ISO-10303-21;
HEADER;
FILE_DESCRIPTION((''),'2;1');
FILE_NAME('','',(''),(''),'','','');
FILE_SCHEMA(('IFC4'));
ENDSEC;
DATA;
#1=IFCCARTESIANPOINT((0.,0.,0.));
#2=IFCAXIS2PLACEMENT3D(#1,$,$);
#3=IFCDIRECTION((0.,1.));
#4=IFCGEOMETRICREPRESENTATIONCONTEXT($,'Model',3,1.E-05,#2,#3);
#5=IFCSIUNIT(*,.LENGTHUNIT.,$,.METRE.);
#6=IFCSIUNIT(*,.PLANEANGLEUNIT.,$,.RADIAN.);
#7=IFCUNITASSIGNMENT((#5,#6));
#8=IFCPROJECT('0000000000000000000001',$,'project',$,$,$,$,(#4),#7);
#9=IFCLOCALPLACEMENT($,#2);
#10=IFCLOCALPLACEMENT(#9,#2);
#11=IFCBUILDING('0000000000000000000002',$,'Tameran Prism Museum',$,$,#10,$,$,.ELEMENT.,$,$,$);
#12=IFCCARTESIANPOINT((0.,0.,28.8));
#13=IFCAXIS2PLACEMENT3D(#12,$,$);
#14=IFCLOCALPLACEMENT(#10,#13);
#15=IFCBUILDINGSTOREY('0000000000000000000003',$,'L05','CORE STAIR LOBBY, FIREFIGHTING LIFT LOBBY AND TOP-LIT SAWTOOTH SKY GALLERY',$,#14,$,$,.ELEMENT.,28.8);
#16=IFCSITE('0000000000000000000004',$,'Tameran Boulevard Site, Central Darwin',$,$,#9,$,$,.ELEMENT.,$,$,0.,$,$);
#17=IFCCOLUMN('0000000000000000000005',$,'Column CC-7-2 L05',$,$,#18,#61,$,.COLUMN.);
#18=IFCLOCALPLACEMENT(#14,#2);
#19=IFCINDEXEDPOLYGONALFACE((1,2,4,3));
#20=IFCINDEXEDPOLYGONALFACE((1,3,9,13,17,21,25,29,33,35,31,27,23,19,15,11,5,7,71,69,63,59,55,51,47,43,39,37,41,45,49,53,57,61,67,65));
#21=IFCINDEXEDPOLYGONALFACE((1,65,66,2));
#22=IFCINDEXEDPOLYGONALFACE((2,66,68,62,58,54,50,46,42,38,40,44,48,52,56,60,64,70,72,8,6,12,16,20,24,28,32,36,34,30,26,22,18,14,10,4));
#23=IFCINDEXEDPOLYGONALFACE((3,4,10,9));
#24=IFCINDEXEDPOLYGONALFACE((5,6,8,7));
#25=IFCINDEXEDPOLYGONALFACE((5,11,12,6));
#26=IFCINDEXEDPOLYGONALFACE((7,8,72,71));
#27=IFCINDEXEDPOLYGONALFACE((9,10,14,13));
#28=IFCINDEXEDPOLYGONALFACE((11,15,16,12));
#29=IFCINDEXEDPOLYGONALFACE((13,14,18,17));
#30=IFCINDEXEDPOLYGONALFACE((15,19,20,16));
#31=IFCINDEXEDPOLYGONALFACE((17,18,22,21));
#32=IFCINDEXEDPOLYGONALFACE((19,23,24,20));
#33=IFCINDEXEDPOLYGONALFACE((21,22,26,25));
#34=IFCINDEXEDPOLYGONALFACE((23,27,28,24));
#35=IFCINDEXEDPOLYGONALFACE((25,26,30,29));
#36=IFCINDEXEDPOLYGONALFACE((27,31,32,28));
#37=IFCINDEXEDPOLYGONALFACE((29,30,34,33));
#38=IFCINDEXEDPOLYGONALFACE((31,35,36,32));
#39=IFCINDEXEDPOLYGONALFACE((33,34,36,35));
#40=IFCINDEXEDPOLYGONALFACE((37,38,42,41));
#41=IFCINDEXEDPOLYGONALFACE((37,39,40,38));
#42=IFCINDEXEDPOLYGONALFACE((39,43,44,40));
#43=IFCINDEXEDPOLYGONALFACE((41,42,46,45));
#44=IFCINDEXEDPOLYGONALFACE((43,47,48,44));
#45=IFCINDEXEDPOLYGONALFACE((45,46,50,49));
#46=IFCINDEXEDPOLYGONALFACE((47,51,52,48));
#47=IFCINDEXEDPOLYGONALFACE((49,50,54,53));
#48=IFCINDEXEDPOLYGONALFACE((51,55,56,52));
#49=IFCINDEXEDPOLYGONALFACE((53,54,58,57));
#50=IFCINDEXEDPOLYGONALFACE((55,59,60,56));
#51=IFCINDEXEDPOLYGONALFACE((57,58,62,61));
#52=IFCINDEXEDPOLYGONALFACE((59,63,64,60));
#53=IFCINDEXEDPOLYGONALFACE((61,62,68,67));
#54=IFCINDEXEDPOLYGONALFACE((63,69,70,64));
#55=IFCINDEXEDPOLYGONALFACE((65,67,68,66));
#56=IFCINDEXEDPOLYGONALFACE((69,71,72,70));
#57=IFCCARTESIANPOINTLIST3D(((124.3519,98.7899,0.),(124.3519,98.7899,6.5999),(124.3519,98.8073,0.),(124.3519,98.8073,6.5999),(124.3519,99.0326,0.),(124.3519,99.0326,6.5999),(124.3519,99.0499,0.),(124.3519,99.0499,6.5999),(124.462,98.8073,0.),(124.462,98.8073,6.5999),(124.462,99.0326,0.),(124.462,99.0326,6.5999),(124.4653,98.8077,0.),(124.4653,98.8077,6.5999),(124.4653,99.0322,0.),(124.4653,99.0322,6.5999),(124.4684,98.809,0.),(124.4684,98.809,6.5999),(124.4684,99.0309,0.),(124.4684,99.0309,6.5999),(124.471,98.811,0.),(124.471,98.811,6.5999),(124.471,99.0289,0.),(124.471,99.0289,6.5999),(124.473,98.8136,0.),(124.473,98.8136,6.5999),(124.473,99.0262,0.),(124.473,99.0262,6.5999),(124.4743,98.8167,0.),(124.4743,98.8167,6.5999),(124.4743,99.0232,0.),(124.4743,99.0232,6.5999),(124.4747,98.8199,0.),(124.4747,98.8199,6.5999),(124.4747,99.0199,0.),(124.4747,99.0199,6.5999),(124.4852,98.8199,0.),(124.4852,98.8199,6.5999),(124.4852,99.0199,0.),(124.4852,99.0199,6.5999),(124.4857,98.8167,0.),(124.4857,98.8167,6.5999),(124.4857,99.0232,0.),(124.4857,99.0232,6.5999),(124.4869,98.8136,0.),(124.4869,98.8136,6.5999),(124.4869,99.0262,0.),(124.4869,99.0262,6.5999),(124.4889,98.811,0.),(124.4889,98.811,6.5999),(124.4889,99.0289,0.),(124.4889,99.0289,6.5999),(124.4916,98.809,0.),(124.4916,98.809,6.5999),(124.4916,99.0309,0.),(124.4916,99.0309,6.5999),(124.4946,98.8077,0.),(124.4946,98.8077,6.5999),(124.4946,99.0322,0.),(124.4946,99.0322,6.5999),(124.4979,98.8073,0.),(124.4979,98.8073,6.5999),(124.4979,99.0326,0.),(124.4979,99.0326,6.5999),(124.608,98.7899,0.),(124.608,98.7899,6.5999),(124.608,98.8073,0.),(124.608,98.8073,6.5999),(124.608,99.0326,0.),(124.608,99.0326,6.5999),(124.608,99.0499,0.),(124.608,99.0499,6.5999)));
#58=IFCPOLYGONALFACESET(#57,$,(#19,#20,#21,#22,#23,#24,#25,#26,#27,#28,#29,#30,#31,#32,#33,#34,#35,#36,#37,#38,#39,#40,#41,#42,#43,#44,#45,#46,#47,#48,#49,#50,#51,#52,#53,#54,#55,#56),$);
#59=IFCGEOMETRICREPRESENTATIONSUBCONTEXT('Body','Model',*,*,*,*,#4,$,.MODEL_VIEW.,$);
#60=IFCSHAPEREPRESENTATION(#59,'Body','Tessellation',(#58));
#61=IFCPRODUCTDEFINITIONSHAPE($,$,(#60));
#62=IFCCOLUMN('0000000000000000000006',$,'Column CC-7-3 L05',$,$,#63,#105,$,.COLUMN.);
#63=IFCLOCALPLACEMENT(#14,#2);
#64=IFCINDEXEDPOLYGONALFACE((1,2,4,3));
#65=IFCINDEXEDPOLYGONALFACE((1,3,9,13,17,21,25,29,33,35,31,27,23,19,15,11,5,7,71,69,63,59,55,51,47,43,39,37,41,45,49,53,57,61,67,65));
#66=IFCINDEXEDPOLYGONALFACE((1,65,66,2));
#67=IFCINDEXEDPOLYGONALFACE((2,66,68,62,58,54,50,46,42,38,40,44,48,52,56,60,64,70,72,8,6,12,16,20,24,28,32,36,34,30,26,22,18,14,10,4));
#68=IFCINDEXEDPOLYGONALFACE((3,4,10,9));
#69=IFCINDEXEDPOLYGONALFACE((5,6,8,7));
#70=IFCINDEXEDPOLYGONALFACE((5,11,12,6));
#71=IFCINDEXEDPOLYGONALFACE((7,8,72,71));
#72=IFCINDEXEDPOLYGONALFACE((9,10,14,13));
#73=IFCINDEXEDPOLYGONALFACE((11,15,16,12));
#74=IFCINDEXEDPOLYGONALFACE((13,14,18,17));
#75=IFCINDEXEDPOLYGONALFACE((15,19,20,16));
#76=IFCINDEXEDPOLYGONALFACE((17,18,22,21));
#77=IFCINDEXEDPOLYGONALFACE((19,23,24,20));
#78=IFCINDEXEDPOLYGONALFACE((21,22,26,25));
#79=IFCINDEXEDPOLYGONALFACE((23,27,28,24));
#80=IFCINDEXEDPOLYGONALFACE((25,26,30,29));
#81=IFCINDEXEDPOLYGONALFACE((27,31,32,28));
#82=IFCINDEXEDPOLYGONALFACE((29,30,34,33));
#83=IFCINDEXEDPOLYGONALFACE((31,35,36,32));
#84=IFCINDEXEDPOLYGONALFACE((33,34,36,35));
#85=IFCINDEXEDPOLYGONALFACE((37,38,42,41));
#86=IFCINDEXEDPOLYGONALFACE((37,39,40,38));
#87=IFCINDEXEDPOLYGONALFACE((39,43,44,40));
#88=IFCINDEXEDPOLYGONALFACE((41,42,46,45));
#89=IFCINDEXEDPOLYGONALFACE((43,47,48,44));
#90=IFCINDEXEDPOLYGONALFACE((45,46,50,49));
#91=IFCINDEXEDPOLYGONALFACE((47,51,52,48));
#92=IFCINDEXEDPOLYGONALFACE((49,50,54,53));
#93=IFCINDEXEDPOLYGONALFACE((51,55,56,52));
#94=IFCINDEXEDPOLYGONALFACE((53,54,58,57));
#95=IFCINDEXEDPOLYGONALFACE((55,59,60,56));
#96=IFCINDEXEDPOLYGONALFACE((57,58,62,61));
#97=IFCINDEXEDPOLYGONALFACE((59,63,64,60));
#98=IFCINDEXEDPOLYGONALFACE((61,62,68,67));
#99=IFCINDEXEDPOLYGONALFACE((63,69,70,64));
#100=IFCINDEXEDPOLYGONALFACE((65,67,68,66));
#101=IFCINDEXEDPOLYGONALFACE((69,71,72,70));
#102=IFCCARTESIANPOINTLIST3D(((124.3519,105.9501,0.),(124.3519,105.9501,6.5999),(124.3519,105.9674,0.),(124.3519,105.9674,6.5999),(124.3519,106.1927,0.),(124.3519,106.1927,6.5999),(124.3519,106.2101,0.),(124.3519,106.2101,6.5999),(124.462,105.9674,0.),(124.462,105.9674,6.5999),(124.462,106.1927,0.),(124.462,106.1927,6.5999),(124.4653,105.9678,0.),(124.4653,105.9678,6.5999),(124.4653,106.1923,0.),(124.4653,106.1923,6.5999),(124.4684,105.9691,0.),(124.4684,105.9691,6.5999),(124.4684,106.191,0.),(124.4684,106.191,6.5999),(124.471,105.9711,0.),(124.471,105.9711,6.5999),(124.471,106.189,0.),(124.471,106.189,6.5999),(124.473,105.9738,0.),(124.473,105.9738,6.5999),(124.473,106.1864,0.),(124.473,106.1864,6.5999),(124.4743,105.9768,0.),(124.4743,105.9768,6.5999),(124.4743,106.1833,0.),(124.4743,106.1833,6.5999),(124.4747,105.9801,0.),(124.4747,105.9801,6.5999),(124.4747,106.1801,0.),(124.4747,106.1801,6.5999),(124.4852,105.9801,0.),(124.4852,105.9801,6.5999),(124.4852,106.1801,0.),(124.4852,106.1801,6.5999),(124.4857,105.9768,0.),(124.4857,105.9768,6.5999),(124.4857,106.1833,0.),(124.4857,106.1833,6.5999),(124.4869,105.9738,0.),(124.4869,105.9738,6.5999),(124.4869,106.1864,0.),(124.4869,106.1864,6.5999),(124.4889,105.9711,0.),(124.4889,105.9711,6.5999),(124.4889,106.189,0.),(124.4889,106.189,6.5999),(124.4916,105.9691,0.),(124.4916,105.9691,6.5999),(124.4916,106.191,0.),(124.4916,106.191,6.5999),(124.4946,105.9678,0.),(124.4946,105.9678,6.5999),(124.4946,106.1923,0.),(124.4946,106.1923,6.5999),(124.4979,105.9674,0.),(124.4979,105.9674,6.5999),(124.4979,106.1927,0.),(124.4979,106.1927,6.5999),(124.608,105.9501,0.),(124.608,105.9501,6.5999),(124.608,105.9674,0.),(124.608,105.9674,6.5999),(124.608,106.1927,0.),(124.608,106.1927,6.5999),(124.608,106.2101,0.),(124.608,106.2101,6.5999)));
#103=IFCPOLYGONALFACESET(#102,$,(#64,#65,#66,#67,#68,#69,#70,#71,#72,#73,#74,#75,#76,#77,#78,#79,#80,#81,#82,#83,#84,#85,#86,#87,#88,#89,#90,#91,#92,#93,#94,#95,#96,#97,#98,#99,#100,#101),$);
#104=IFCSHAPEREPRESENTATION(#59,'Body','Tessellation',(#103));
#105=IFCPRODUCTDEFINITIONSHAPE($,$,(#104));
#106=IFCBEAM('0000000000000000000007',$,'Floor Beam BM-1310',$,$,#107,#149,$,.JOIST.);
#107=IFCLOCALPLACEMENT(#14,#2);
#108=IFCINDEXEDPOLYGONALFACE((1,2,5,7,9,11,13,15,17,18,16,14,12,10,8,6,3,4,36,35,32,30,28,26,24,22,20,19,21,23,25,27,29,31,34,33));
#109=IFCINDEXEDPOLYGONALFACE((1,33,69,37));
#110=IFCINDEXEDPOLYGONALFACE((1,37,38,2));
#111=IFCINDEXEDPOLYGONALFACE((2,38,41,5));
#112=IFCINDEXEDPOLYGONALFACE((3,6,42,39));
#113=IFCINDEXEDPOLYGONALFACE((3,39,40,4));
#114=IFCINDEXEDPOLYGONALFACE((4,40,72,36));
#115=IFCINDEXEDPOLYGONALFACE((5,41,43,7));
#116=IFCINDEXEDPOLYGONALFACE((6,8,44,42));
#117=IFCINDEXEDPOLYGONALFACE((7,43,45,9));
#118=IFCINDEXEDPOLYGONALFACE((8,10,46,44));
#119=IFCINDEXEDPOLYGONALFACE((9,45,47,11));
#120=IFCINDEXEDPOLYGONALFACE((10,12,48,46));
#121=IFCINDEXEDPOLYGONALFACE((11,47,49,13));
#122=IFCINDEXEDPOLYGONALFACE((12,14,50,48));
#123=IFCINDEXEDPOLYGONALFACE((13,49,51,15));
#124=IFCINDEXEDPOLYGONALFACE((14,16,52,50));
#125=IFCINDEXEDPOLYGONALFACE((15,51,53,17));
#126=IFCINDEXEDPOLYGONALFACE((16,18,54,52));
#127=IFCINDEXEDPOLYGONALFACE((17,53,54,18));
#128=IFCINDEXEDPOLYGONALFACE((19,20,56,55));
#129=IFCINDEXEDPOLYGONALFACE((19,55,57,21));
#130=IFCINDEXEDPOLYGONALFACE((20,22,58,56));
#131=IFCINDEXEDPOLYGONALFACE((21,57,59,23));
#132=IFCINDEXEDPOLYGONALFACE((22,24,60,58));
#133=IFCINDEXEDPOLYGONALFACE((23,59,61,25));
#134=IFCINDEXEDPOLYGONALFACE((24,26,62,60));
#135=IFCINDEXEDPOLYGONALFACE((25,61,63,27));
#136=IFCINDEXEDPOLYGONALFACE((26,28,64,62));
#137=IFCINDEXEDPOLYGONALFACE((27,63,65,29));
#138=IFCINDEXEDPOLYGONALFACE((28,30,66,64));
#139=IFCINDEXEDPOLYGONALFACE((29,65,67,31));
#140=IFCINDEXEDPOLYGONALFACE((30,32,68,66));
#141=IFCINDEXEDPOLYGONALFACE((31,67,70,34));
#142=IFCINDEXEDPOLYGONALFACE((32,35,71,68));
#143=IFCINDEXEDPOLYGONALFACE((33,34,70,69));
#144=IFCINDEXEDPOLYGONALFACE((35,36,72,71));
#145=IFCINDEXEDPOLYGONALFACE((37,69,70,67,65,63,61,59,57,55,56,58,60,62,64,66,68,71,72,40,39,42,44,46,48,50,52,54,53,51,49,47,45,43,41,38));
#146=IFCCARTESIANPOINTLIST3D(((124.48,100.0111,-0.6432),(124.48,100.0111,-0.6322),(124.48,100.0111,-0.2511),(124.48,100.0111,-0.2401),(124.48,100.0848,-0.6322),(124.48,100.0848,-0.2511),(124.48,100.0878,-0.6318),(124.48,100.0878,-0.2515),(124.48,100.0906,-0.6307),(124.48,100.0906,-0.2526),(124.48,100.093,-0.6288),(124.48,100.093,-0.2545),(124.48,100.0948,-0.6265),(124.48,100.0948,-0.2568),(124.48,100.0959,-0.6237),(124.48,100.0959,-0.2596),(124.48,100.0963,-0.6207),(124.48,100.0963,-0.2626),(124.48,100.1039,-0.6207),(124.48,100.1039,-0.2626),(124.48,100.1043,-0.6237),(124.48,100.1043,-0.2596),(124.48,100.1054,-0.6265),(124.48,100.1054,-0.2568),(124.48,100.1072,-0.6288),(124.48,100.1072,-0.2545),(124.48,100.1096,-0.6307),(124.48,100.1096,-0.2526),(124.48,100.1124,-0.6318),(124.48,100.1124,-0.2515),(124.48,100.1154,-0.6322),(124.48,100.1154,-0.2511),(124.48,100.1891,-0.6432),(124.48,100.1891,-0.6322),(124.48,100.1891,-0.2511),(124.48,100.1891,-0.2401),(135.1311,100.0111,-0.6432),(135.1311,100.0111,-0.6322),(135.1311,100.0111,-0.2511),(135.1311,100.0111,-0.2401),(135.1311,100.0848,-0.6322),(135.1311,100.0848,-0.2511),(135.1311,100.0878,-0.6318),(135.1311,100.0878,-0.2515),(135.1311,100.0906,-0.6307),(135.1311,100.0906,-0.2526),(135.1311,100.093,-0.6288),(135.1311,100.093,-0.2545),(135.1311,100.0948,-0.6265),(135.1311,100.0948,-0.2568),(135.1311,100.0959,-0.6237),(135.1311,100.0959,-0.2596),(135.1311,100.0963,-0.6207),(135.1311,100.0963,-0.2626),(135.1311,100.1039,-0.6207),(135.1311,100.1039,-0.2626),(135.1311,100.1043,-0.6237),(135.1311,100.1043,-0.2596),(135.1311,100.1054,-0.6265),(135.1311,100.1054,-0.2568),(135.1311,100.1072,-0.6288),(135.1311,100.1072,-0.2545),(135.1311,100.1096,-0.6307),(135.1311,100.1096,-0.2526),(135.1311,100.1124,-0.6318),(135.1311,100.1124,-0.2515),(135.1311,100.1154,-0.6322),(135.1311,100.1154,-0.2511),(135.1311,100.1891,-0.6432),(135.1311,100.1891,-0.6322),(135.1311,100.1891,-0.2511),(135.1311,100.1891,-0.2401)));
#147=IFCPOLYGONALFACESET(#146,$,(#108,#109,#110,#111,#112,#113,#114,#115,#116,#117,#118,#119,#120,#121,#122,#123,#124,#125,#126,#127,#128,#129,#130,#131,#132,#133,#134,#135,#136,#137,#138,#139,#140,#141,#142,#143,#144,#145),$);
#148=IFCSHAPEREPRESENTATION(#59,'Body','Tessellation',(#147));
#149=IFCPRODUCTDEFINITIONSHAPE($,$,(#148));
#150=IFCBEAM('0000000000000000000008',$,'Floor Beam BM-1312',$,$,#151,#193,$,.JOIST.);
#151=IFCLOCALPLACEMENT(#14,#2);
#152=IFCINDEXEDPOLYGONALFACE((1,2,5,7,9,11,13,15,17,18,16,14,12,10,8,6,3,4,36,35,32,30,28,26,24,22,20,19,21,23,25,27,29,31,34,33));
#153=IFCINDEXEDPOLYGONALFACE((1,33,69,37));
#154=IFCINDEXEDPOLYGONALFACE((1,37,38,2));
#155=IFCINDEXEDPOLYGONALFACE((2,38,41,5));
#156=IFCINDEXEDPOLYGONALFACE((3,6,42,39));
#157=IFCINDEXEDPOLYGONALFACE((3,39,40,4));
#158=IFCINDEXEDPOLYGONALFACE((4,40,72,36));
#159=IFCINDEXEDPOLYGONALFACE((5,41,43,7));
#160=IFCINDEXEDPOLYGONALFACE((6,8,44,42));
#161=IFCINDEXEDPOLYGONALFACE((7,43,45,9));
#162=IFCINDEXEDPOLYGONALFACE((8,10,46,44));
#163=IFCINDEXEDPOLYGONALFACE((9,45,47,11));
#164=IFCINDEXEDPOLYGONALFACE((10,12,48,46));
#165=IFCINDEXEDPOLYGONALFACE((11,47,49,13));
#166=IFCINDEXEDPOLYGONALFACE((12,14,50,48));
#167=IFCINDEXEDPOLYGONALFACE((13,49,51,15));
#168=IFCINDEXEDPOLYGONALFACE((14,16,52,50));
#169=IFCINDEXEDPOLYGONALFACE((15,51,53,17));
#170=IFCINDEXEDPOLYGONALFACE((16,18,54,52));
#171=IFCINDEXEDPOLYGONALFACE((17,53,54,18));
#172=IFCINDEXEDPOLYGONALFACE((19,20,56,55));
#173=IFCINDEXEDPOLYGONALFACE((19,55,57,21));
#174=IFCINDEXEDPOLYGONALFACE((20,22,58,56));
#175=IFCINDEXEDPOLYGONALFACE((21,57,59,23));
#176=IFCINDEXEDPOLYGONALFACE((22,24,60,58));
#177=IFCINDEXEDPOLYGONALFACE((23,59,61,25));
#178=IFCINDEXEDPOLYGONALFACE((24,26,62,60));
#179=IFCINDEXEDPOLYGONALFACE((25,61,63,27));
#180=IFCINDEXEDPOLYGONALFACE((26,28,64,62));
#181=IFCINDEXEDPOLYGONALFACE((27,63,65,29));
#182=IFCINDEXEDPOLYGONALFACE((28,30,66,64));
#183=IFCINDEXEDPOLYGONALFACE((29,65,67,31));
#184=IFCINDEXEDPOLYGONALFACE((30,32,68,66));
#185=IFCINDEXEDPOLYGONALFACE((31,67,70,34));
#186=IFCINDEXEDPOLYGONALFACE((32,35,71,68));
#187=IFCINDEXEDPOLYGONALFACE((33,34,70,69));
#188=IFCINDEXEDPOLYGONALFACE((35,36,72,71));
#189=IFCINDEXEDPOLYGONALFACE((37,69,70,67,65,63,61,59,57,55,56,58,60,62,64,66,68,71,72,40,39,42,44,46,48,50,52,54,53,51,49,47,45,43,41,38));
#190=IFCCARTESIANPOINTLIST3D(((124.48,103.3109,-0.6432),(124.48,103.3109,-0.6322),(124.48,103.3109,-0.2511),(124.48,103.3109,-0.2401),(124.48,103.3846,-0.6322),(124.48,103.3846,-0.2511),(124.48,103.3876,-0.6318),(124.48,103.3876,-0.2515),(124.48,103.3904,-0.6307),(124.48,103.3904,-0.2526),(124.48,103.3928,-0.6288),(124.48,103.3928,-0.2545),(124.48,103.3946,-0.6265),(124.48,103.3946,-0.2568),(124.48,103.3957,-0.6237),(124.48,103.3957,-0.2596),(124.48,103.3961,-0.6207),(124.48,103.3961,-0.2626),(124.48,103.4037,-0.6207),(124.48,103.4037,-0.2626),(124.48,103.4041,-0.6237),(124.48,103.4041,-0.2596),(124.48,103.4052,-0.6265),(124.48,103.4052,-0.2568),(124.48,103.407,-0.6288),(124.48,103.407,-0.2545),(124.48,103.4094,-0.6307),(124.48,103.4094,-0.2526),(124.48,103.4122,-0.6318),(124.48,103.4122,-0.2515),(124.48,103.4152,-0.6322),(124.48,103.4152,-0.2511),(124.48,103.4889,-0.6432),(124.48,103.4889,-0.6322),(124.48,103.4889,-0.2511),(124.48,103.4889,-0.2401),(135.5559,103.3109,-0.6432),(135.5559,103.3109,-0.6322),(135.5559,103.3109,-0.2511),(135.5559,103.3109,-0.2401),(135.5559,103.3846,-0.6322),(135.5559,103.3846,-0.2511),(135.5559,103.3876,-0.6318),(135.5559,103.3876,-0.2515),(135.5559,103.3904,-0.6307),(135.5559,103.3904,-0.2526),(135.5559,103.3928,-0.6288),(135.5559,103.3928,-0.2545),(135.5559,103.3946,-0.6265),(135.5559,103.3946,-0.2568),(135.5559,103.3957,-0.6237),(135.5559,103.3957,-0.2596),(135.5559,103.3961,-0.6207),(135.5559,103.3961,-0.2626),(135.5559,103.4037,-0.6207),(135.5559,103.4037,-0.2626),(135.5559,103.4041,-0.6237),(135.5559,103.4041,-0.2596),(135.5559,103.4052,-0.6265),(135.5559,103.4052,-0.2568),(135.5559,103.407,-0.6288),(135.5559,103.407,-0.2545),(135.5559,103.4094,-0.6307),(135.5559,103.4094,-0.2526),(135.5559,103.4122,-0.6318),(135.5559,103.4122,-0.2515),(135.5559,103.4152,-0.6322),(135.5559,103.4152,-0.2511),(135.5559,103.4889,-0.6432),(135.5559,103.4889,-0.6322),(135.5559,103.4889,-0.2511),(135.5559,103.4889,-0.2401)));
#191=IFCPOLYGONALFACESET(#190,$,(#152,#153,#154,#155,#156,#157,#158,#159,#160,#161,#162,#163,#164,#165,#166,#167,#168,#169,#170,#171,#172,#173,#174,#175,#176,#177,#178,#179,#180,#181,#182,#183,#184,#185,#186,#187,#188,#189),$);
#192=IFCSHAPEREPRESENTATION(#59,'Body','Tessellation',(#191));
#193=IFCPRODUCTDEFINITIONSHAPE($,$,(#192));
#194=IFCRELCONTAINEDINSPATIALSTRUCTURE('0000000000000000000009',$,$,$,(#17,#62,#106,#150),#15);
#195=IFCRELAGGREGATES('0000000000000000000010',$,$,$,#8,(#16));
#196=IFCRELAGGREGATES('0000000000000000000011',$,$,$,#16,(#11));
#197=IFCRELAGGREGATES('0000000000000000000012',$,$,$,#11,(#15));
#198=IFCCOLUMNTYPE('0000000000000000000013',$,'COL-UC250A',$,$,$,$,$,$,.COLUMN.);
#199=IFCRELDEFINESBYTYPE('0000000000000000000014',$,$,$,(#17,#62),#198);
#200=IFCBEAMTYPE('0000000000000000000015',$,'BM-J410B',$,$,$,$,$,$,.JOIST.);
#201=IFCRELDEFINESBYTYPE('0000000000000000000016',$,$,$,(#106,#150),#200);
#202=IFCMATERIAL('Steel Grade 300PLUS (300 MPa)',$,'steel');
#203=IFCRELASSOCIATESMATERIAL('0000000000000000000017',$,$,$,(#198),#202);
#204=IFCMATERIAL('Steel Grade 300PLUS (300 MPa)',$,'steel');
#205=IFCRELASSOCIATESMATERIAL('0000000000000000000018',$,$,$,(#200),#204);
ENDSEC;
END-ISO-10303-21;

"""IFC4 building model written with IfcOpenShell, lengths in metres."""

from ifc_helpers import new_model, si_unit, direction, frame, origin, origin_2d, place, context, subcontext, project, spatial, i_section, extrude, material, material_profile, profile_set, type_object, element, save


model = new_model("IFC4")

# Units and contexts
model_context = context("Model", 3, precision=1e-05, world=origin(), true_north=direction((0.0, 1.0)))
body_context = subcontext(model_context, "Body", "Model", "MODEL_VIEW")
ifc_project = project(units=[si_unit("LENGTHUNIT", "METRE"), si_unit("PLANEANGLEUNIT", "RADIAN")], contexts=[model_context])

# Site, building, storey
site_placement = place(None, origin())
site = spatial("IfcSite", under=ifc_project, at=site_placement, Name="Tameran Boulevard Site, Central Darwin", CompositionType="ELEMENT", RefElevation=0.0)
building_placement = place(site_placement, origin())
building = spatial("IfcBuilding", under=site, at=building_placement, Name="Tameran Prism Museum", CompositionType="ELEMENT")
storey_placement = place(building_placement, frame((0.0, 0.0, 28.8)))
storey = spatial("IfcBuildingStorey", under=building, at=storey_placement, Name="L05", Description="CORE STAIR LOBBY, FIREFIGHTING LIFT LOBBY AND TOP-LIT SAWTOOTH SKY GALLERY", CompositionType="ELEMENT", Elevation=28.8)

# Columns
ifc_material_1 = material(Name="Steel Grade 300PLUS (300 MPa)", Category="steel")
ifc_material_profile_1 = material_profile(ifc_material_1, i_section(OverallWidth=0.2561, OverallDepth=0.26, WebThickness=0.0105, FlangeThickness=0.0173, FilletRadius=0.0127, at=origin_2d()))
ifc_profile_set_1 = profile_set([ifc_material_profile_1])
column_type = type_object("IfcColumnType", Name="COL-UC250A", PredefinedType="COLUMN", material=ifc_profile_set_1)
for number, where, z_axis, x_axis, name in (
    (1, (124.48, 98.9199, 0.0), (0.0, 0.0, 1.0), (1.0, 0.0, 0.0), "Column CC-7-2 L05"),
    (2, (124.48, 106.0801, 0.0), (0.0, 0.0, 1.0), (1.0, 0.0, 0.0), "Column CC-7-3 L05"),
):
    element("IfcColumn", number, at=place(storey_placement, frame(where, z_axis=z_axis, x_axis=x_axis)), inside=storey, type_object=column_type, Name=name, PredefinedType="COLUMN", context=body_context, shape_type="SweptSolid", body=[
        extrude(i_section(OverallWidth=0.2561, OverallDepth=0.26, WebThickness=0.0105, FlangeThickness=0.0173, FilletRadius=0.0127, at=origin_2d()), origin(), (0.0, 0.0, 1.0), 6.5999),
    ])

# Beams
ifc_material_2 = material(Name="Steel Grade 300PLUS (300 MPa)", Category="steel")
ifc_material_profile_2 = material_profile(ifc_material_2, i_section(OverallWidth=0.178, OverallDepth=0.4031, WebThickness=0.0076, FlangeThickness=0.011, FilletRadius=0.0115, at=origin_2d()))
ifc_profile_set_2 = profile_set([ifc_material_profile_2])
beam_type_1 = type_object("IfcBeamType", Name="BM-J410B", PredefinedType="JOIST", material=ifc_profile_set_2)
beam_1_placement = place(storey_placement, frame((124.48, 100.1001, -0.4417), z_axis=(1.0, 0.0, 0.0), x_axis=(0.0, 1.0, 0.0)))
element("IfcBeam", 3, at=beam_1_placement, inside=storey, type_object=beam_type_1, Name="Floor Beam BM-1310", PredefinedType="JOIST", context=body_context, shape_type="SweptSolid", body=[
    extrude(i_section(OverallWidth=0.178, OverallDepth=0.4031, WebThickness=0.0076, FlangeThickness=0.011, FilletRadius=0.0115, at=origin_2d()), origin(), (0.0, 0.0, 1.0), 10.6511),
])
beam_2_placement = place(storey_placement, frame((124.48, 103.3999, -0.4417), z_axis=(1.0, 0.0, 0.0), x_axis=(0.0, 1.0, 0.0)))
element("IfcBeam", 4, at=beam_2_placement, inside=storey, type_object=beam_type_1, Name="Floor Beam BM-1312", PredefinedType="JOIST", context=body_context, shape_type="SweptSolid", body=[
    extrude(i_section(OverallWidth=0.178, OverallDepth=0.4031, WebThickness=0.0076, FlangeThickness=0.011, FilletRadius=0.0115, at=origin_2d()), origin(), (0.0, 0.0, 1.0), 11.0759),
])

save(model, "model.ifc")
